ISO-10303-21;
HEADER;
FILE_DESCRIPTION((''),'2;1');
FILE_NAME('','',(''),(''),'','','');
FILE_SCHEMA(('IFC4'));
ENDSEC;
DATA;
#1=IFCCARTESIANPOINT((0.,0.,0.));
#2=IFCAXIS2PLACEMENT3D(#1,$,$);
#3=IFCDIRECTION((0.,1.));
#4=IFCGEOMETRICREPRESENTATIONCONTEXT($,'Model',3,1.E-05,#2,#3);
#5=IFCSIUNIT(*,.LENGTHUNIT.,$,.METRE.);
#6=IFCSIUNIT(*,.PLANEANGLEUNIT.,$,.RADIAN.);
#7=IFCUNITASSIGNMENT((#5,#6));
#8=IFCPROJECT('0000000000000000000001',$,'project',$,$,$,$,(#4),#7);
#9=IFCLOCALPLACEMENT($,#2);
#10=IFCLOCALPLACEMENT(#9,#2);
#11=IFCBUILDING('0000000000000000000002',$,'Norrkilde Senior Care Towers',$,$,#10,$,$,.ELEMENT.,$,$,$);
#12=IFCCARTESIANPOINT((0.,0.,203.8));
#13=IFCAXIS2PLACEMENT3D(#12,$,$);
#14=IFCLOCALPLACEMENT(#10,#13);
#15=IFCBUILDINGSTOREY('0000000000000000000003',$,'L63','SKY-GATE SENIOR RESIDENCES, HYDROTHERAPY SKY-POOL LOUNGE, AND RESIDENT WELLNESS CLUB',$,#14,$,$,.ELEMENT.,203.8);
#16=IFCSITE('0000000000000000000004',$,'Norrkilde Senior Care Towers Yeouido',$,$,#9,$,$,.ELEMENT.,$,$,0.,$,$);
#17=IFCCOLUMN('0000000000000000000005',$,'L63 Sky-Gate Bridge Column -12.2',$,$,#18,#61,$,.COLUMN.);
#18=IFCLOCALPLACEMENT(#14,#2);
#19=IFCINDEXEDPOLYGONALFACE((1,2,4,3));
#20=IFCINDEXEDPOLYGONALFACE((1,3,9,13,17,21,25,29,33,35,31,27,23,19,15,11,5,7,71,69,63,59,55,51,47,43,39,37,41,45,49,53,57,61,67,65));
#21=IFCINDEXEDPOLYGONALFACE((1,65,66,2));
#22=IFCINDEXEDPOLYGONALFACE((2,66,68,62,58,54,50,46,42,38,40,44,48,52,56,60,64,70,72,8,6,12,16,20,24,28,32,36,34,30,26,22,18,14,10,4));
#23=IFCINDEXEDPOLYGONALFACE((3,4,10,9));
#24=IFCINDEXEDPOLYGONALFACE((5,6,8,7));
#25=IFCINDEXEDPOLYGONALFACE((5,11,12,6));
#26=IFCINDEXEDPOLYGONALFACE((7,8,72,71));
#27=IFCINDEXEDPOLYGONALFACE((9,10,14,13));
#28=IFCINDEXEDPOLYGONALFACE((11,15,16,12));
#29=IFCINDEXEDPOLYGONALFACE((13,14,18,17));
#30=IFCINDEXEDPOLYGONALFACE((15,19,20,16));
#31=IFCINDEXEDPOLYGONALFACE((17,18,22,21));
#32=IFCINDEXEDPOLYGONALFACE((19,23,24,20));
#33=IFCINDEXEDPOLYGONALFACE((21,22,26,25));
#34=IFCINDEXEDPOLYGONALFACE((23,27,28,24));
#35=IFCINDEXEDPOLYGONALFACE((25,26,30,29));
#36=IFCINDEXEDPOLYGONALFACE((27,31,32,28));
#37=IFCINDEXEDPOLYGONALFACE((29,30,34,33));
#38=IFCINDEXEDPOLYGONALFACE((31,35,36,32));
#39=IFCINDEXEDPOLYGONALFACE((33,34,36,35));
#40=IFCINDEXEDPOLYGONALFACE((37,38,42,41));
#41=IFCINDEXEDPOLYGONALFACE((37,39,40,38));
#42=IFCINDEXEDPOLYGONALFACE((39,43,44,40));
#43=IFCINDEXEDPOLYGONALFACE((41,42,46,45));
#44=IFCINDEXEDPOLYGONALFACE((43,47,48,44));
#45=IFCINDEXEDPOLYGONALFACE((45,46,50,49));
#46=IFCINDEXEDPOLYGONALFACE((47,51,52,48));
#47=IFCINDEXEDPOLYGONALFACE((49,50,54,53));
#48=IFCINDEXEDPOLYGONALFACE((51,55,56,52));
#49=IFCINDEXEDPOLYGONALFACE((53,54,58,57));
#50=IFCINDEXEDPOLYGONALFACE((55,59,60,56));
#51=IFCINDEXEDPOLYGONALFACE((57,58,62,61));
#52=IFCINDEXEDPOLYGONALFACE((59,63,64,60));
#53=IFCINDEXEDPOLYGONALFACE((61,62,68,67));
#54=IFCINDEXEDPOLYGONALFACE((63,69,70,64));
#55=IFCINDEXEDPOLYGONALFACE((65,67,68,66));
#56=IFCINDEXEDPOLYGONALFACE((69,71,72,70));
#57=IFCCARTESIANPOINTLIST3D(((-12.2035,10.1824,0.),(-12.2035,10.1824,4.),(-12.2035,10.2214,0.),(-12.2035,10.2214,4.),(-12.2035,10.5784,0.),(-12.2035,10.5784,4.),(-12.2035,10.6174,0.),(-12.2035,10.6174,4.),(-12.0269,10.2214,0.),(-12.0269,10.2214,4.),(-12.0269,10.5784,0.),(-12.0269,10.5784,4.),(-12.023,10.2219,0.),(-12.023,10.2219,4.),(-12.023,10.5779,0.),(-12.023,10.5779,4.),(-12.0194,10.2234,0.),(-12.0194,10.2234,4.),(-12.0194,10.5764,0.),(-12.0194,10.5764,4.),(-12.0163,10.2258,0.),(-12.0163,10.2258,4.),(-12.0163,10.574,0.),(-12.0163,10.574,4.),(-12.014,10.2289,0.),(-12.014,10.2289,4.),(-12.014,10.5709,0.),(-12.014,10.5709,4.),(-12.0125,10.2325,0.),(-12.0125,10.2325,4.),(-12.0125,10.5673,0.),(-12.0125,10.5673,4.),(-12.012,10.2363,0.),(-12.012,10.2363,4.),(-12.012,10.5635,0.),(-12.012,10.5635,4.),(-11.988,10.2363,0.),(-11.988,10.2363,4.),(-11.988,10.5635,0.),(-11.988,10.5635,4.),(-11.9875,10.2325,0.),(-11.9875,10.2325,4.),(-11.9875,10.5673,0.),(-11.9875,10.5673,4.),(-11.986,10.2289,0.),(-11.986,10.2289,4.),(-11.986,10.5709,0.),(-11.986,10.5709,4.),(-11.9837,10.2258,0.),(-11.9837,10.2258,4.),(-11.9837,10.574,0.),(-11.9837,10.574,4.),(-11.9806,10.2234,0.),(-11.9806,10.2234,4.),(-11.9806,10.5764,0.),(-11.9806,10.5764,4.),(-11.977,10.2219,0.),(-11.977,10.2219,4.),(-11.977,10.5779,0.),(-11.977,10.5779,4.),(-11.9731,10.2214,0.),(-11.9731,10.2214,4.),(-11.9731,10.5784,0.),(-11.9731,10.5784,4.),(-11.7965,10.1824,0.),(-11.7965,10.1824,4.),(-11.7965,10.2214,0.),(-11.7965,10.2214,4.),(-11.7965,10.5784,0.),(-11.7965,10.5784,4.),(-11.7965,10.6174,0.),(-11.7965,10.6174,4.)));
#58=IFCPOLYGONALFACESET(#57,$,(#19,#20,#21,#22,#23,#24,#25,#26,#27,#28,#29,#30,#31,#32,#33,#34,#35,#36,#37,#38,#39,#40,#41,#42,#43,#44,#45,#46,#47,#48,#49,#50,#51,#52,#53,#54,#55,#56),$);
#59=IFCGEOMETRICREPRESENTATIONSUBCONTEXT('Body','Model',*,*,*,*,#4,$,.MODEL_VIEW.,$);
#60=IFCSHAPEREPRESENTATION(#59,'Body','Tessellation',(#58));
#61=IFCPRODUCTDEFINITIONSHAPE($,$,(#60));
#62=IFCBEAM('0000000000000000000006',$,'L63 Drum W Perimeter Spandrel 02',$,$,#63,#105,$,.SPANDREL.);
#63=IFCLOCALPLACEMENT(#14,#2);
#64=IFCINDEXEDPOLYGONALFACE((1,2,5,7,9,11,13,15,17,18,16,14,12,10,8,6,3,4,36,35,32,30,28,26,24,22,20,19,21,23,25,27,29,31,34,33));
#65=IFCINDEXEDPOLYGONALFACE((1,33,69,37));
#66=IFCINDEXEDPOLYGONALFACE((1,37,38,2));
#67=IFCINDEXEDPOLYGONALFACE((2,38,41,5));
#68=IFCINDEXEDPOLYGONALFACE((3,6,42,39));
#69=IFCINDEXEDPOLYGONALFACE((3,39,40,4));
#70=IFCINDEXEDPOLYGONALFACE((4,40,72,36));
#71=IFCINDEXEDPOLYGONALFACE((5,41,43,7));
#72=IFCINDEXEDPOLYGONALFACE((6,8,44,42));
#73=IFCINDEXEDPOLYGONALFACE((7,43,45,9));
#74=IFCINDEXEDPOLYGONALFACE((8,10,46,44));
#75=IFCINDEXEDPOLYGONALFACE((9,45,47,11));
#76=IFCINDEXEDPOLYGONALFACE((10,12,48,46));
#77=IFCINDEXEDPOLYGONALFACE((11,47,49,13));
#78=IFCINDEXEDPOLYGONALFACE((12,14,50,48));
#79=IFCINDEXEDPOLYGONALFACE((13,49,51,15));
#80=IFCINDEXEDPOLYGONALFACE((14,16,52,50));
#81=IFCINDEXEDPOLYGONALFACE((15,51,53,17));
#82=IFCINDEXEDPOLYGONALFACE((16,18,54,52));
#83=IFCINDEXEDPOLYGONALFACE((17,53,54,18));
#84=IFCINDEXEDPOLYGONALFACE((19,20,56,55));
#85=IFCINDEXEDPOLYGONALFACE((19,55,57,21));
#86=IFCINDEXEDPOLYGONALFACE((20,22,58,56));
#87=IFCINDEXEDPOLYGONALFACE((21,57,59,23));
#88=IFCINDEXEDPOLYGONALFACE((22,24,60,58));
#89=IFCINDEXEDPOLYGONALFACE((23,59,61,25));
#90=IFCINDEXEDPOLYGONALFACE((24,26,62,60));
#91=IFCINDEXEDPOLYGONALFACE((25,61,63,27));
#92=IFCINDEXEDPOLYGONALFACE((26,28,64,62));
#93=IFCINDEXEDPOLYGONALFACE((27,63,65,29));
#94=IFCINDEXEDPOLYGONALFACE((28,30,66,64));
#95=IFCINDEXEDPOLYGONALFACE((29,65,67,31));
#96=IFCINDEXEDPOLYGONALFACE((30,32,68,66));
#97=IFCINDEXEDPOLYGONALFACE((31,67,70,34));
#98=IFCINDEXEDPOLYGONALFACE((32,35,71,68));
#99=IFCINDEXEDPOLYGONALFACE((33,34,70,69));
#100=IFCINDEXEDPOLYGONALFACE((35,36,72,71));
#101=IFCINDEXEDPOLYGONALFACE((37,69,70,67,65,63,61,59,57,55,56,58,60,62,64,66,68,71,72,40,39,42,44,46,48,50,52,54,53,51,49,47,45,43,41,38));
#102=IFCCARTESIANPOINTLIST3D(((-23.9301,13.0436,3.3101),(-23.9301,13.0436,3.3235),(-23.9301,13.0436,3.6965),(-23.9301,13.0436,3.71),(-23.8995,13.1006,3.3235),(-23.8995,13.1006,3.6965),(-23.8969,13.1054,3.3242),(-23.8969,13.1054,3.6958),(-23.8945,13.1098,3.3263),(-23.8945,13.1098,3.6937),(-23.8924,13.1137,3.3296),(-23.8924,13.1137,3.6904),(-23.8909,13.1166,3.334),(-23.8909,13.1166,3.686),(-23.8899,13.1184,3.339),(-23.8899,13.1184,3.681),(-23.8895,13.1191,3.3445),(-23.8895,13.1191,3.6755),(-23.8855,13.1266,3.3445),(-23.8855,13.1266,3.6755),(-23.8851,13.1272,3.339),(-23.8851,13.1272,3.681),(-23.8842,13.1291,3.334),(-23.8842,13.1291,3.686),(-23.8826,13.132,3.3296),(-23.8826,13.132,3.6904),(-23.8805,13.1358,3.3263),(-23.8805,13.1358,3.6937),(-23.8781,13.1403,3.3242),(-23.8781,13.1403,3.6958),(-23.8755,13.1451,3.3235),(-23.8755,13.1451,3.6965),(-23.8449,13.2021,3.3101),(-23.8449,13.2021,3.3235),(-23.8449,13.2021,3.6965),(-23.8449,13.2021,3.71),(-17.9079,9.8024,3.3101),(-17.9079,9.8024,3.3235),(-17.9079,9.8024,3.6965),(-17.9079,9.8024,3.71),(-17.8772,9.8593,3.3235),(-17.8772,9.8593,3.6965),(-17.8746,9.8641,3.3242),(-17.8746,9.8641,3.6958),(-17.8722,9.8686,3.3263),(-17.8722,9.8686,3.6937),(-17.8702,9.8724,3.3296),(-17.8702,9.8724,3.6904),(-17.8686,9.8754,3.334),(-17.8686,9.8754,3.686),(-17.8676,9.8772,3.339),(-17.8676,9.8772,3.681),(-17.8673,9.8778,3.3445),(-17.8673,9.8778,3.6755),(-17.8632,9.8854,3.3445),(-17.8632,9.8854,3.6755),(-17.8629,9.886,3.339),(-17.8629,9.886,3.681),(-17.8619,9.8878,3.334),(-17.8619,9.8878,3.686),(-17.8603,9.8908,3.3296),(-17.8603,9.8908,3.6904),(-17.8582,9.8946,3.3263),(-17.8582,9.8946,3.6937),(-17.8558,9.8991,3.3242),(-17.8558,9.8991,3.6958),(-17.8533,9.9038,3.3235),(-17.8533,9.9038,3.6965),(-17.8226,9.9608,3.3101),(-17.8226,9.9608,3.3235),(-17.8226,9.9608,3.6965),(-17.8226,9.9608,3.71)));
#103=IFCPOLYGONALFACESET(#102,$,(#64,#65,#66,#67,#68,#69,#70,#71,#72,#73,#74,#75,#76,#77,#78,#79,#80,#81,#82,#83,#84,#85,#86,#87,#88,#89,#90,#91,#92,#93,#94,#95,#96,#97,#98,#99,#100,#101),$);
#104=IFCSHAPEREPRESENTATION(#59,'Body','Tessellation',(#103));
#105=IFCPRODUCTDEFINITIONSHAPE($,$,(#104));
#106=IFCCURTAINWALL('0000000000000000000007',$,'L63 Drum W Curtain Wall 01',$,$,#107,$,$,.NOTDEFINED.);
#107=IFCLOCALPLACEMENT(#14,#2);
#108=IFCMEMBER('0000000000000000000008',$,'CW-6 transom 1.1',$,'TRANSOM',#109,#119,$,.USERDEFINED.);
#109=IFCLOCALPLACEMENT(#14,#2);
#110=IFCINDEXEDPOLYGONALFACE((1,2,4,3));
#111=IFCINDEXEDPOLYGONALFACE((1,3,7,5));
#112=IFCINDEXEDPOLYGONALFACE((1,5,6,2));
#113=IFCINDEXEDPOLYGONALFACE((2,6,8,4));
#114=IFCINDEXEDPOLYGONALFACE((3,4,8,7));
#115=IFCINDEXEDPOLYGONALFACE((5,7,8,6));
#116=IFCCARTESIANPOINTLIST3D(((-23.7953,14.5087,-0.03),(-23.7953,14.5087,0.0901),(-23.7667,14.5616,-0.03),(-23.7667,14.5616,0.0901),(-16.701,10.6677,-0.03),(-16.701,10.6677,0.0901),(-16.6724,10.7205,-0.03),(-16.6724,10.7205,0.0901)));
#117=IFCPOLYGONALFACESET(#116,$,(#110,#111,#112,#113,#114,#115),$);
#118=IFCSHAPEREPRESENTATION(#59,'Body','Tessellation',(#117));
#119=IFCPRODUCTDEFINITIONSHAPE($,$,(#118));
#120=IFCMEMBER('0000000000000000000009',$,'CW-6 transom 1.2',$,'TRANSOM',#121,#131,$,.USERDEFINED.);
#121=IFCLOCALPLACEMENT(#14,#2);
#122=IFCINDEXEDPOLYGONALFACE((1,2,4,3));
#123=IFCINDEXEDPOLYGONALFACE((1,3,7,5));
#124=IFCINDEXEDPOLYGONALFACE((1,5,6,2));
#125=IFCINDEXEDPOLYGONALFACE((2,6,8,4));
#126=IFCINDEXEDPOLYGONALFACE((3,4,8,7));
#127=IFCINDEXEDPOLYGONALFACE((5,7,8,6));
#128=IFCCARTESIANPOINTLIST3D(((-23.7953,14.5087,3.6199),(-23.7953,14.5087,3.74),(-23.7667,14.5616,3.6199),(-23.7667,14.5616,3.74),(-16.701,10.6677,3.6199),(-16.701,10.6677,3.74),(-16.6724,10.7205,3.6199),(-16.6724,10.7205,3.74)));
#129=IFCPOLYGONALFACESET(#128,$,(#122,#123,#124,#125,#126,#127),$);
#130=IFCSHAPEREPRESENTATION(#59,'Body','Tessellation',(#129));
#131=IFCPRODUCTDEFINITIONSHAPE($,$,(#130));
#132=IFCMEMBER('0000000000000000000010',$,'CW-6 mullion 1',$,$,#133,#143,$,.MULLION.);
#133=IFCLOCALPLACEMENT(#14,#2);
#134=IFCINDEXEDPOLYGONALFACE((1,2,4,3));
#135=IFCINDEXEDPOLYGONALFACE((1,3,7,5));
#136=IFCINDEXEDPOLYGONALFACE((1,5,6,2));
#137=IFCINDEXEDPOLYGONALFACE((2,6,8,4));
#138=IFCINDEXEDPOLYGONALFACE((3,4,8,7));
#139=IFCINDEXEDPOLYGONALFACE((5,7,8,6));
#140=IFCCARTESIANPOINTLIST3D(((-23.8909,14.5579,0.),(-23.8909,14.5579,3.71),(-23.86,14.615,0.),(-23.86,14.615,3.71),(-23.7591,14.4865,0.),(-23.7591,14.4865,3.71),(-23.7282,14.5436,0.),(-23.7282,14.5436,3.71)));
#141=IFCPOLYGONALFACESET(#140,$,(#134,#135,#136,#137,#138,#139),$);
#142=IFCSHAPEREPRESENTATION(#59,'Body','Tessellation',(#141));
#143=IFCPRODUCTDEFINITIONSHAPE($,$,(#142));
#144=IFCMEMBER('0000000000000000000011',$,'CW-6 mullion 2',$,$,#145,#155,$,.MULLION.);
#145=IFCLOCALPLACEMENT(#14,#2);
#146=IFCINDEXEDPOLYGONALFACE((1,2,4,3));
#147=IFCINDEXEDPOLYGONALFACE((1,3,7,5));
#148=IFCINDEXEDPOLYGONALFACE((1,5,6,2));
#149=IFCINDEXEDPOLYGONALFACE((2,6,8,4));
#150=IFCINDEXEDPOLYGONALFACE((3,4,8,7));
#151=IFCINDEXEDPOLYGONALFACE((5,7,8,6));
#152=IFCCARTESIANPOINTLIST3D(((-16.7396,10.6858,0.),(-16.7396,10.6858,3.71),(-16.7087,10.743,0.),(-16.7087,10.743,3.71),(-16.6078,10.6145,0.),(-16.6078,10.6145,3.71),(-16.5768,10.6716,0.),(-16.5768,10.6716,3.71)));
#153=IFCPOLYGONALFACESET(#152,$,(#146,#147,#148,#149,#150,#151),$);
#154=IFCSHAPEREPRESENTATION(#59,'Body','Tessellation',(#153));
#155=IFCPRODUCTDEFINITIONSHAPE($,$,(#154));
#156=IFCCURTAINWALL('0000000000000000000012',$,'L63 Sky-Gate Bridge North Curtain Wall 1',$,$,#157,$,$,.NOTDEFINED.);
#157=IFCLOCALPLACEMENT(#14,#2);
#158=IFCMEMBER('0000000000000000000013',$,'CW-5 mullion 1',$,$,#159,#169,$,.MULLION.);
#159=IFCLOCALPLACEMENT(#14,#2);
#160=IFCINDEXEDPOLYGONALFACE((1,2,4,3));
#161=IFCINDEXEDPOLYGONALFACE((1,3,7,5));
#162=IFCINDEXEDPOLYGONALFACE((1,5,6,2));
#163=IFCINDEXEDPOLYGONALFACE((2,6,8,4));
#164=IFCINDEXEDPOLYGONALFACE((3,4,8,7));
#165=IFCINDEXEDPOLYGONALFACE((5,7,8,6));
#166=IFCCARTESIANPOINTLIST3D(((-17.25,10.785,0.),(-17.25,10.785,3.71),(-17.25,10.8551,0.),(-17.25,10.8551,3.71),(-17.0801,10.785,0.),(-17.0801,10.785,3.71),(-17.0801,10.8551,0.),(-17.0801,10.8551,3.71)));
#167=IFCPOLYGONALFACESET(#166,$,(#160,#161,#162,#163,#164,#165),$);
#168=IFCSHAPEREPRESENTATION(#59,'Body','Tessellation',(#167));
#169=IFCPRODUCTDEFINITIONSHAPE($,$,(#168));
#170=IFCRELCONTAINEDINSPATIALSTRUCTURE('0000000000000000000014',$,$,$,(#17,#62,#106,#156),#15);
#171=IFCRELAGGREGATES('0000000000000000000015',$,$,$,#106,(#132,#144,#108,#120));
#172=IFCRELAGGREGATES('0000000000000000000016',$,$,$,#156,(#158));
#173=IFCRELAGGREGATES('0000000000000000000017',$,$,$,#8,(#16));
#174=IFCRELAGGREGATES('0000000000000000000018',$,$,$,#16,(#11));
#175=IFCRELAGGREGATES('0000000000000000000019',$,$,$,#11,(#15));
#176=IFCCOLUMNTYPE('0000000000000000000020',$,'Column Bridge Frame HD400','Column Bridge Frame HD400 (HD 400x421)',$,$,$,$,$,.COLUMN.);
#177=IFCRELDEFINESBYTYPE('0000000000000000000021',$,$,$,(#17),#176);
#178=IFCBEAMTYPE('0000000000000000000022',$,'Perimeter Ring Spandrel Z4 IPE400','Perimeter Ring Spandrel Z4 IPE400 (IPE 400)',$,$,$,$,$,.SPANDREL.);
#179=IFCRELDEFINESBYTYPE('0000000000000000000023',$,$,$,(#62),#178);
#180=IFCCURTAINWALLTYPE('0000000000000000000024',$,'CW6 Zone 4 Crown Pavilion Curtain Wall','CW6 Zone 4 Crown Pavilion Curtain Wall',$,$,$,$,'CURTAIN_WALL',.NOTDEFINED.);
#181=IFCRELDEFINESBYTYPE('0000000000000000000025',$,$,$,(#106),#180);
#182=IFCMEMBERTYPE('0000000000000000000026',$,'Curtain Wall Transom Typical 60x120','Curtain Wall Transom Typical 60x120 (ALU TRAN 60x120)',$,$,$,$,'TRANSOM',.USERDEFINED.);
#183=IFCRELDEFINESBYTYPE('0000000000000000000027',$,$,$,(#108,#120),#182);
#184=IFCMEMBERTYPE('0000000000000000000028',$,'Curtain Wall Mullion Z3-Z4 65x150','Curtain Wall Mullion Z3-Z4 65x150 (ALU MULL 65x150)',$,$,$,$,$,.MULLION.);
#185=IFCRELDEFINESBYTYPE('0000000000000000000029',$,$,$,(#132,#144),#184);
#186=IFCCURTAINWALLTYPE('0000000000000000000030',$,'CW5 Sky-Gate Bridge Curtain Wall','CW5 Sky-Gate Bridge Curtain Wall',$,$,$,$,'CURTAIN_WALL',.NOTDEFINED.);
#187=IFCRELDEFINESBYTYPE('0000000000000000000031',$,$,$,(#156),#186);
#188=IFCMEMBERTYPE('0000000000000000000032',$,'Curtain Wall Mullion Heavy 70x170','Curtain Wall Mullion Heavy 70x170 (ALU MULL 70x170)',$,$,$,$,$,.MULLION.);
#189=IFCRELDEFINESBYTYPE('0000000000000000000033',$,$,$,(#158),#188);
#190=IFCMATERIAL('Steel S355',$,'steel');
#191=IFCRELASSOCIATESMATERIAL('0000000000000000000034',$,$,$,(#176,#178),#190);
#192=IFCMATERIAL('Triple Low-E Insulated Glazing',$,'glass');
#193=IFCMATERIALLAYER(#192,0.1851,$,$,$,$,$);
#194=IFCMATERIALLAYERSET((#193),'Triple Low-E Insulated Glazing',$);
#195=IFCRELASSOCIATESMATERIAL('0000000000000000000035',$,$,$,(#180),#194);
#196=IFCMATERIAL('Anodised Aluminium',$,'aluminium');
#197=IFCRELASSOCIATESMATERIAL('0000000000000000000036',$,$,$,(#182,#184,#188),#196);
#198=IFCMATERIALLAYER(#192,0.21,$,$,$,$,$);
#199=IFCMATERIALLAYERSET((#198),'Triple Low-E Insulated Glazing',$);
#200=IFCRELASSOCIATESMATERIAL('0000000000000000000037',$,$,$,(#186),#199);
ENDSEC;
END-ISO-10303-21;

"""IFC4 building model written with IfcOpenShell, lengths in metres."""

from ifc_helpers import new_model, si_unit, direction, frame, origin, origin_2d, place, context, subcontext, project, spatial, rectangle, i_section, extrude, source, transform, mapped, material, layer, layer_set, material_profile, profile_set, type_object, type_shapes, element, aggregate, save


model = new_model("IFC4")

# Units and contexts
model_context = context("Model", 3, precision=1e-05, world=origin(), true_north=direction((0.0, 1.0)))
body_context = subcontext(model_context, "Body", "Model", "MODEL_VIEW")
ifc_project = project(units=[si_unit("LENGTHUNIT", "METRE"), si_unit("PLANEANGLEUNIT", "RADIAN")], contexts=[model_context])

# Site, building, storey
site_placement = place(None, origin())
site = spatial("IfcSite", under=ifc_project, at=site_placement, Name="Norrkilde Senior Care Towers Yeouido", CompositionType="ELEMENT", RefElevation=0.0)
building_placement = place(site_placement, origin())
building = spatial("IfcBuilding", under=site, at=building_placement, Name="Norrkilde Senior Care Towers", CompositionType="ELEMENT")
storey_placement = place(building_placement, frame((0.0, 0.0, 203.8)))
storey = spatial("IfcBuildingStorey", under=building, at=storey_placement, Name="L63", Description="SKY-GATE SENIOR RESIDENCES, HYDROTHERAPY SKY-POOL LOUNGE, AND RESIDENT WELLNESS CLUB", CompositionType="ELEMENT", Elevation=203.8)

# Column
ifc_material_1 = material(Name="Steel S355", Category="steel")
ifc_material_profile_1 = material_profile(ifc_material_1, i_section(OverallWidth=0.407, OverallDepth=0.4351, WebThickness=0.0239, FlangeThickness=0.0391, FilletRadius=0.0149, at=origin_2d()), Name="HD 400x421")
ifc_profile_set_1 = profile_set([ifc_material_profile_1], Name="Steel S355")
column_type = type_object("IfcColumnType", Name="Column Bridge Frame HD400", Description="Column Bridge Frame HD400 (HD 400x421)", PredefinedType="COLUMN", material=ifc_profile_set_1)
shared_shape_1 = source(origin(), body_context, "Body", "SweptSolid", [
    extrude(i_section(OverallWidth=0.407, OverallDepth=0.4351, WebThickness=0.0239, FlangeThickness=0.0391, FilletRadius=0.0149, at=origin_2d()), origin(), (0.0, 0.0, 1.0), 4.0),
])
type_shapes(column_type, [shared_shape_1])
column_placement = place(storey_placement, frame((-12.0, 10.3999, 0.0), z_axis=(0.0, 0.0, 1.0), x_axis=(1.0, 0.0, 0.0)))
element("IfcColumn", 1, at=column_placement, inside=storey, type_object=column_type, Name="L63 Sky-Gate Bridge Column -12.2", PredefinedType="COLUMN", context=body_context, shape_type="MappedRepresentation", body=[
    mapped(shared_shape_1, transform((0.0, 0.0, 0.0), x_axis=(1.0, 0.0, 0.0), y_axis=(0.0, 1.0, 0.0), z_axis=(0.0, 0.0, 1.0), scale=1.0)),
])

# Beam
ifc_material_profile_2 = material_profile(ifc_material_1, i_section(OverallWidth=0.1799, OverallDepth=0.3999, WebThickness=0.0085, FlangeThickness=0.0134, FilletRadius=0.021, at=origin_2d()), Name="IPE 400")
ifc_profile_set_2 = profile_set([ifc_material_profile_2], Name="Steel S355")
beam_type = type_object("IfcBeamType", Name="Perimeter Ring Spandrel Z4 IPE400", Description="Perimeter Ring Spandrel Z4 IPE400 (IPE 400)", PredefinedType="SPANDREL", material=ifc_profile_set_2)
shared_shape_2 = source(origin(), body_context, "Body", "SweptSolid", [
    extrude(i_section(OverallWidth=0.1799, OverallDepth=0.3999, WebThickness=0.0085, FlangeThickness=0.0134, FilletRadius=0.021, at=origin_2d()), origin(), (0.0, 0.0, 1.0), 6.8391),
])
type_shapes(beam_type, [shared_shape_2])
beam_placement = place(storey_placement, frame((-17.8652, 9.8816, 3.51), z_axis=(-0.880564, 0.473927, 0.0), x_axis=(-0.473927, -0.880564, 0.0)))
element("IfcBeam", 2, at=beam_placement, inside=storey, type_object=beam_type, Name="L63 Drum W Perimeter Spandrel 02", PredefinedType="SPANDREL", context=body_context, shape_type="MappedRepresentation", body=[
    mapped(shared_shape_2, transform((0.0, 0.0, 0.0), x_axis=(1.0, 0.0, 0.0), y_axis=(0.0, 1.0, 0.0), z_axis=(0.0, 0.0, 1.0), scale=1.0)),
])

# Curtain walls, members
ifc_material_2 = material(Name="Triple Low-E Insulated Glazing", Category="glass")
ifc_layer_1 = layer(ifc_material_2, 0.1851)
ifc_layer_set_1 = layer_set([ifc_layer_1], Name="Triple Low-E Insulated Glazing")
curtain_wall_type_1 = type_object("IfcCurtainWallType", Name="CW6 Zone 4 Crown Pavilion Curtain Wall", Description="CW6 Zone 4 Crown Pavilion Curtain Wall", ElementType="CURTAIN_WALL", PredefinedType="NOTDEFINED", material=ifc_layer_set_1)
curtain_wall_1_placement = place(storey_placement, origin())
curtain_wall_1 = element("IfcCurtainWall", 3, at=curtain_wall_1_placement, inside=storey, type_object=curtain_wall_type_1, Name="L63 Drum W Curtain Wall 01", PredefinedType="NOTDEFINED")
ifc_material_3 = material(Name="Anodised Aluminium", Category="aluminium")
ifc_material_profile_3 = material_profile(ifc_material_3, rectangle(XDim=0.0601, YDim=0.1201, at=origin_2d()), Name="ALU TRAN 60x120")
ifc_profile_set_3 = profile_set([ifc_material_profile_3], Name="Anodised Aluminium")
member_type_1 = type_object("IfcMemberType", Name="Curtain Wall Transom Typical 60x120", Description="Curtain Wall Transom Typical 60x120 (ALU TRAN 60x120)", ElementType="TRANSOM", PredefinedType="USERDEFINED", material=ifc_profile_set_3)
shared_shape_3 = source(origin(), body_context, "Body", "SweptSolid", [
    extrude(rectangle(XDim=0.0601, YDim=0.1201, at=origin_2d()), origin(), (0.0, 0.0, 1.0), 8.0674),
])
type_shapes(member_type_1, [shared_shape_3])
member_1_placement = place(storey_placement, frame((-23.781, 14.5352, 0.03), z_axis=(0.879378, -0.476125, 0.0), x_axis=(0.476125, 0.879378, 0.0)))
member_1 = element("IfcMember", 4, at=member_1_placement, type_object=member_type_1, Name="CW-6 transom 1.1", ObjectType="TRANSOM", PredefinedType="USERDEFINED", context=body_context, shape_type="MappedRepresentation", body=[
    mapped(shared_shape_3, transform((0.0, 0.0, 0.0), x_axis=(1.0, 0.0, 0.0), y_axis=(0.0, 1.0, 0.0), z_axis=(0.0, 0.0, 1.0), scale=1.0)),
])
member_2_placement = place(storey_placement, frame((-23.781, 14.5352, 3.6799), z_axis=(0.879378, -0.476125, 0.0), x_axis=(0.476125, 0.879378, 0.0)))
member_2 = element("IfcMember", 5, at=member_2_placement, type_object=member_type_1, Name="CW-6 transom 1.2", ObjectType="TRANSOM", PredefinedType="USERDEFINED", context=body_context, shape_type="MappedRepresentation", body=[
    mapped(shared_shape_3, transform((0.0, 0.0, 0.0), x_axis=(1.0, 0.0, 0.0), y_axis=(0.0, 1.0, 0.0), z_axis=(0.0, 0.0, 1.0), scale=1.0)),
])
ifc_material_profile_4 = material_profile(ifc_material_3, rectangle(XDim=0.0649, YDim=0.1499, at=origin_2d()), Name="ALU MULL 65x150")
ifc_profile_set_4 = profile_set([ifc_material_profile_4], Name="Anodised Aluminium")
member_type_2 = type_object("IfcMemberType", Name="Curtain Wall Mullion Z3-Z4 65x150", Description="Curtain Wall Mullion Z3-Z4 65x150 (ALU MULL 65x150)", PredefinedType="MULLION", material=ifc_profile_set_4)
shared_shape_4 = source(origin(), body_context, "Body", "SweptSolid", [
    extrude(rectangle(XDim=0.0649, YDim=0.1499, at=origin_2d()), origin(), (0.0, 0.0, 1.0), 3.71),
])
type_shapes(member_type_2, [shared_shape_4])
member_3_placement = place(storey_placement, frame((-23.8096, 14.5508, 0.0), z_axis=(0.0, 0.0, 1.0), x_axis=(0.476133, 0.879373, 0.0)))
member_3 = element("IfcMember", 6, at=member_3_placement, type_object=member_type_2, Name="CW-6 mullion 1", PredefinedType="MULLION", context=body_context, shape_type="MappedRepresentation", body=[
    mapped(shared_shape_4, transform((0.0, 0.0, 0.0), x_axis=(1.0, 0.0, 0.0), y_axis=(0.0, 1.0, 0.0), z_axis=(0.0, 0.0, 1.0), scale=1.0)),
])
member_4_placement = place(storey_placement, frame((-16.6582, 10.6787, 0.0), z_axis=(0.0, 0.0, 1.0), x_axis=(0.476133, 0.879373, 0.0)))
member_4 = element("IfcMember", 7, at=member_4_placement, type_object=member_type_2, Name="CW-6 mullion 2", PredefinedType="MULLION", context=body_context, shape_type="MappedRepresentation", body=[
    mapped(shared_shape_4, transform((0.0, 0.0, 0.0), x_axis=(1.0, 0.0, 0.0), y_axis=(0.0, 1.0, 0.0), z_axis=(0.0, 0.0, 1.0), scale=1.0)),
])
ifc_layer_2 = layer(ifc_material_2, 0.21)
ifc_layer_set_2 = layer_set([ifc_layer_2], Name="Triple Low-E Insulated Glazing")
curtain_wall_type_2 = type_object("IfcCurtainWallType", Name="CW5 Sky-Gate Bridge Curtain Wall", Description="CW5 Sky-Gate Bridge Curtain Wall", ElementType="CURTAIN_WALL", PredefinedType="NOTDEFINED", material=ifc_layer_set_2)
curtain_wall_2_placement = place(storey_placement, origin())
curtain_wall_2 = element("IfcCurtainWall", 8, at=curtain_wall_2_placement, inside=storey, type_object=curtain_wall_type_2, Name="L63 Sky-Gate Bridge North Curtain Wall 1", PredefinedType="NOTDEFINED")
ifc_material_profile_5 = material_profile(ifc_material_3, rectangle(XDim=0.0701, YDim=0.1699, at=origin_2d()), Name="ALU MULL 70x170")
ifc_profile_set_5 = profile_set([ifc_material_profile_5], Name="Anodised Aluminium")
member_type_3 = type_object("IfcMemberType", Name="Curtain Wall Mullion Heavy 70x170", Description="Curtain Wall Mullion Heavy 70x170 (ALU MULL 70x170)", PredefinedType="MULLION", material=ifc_profile_set_5)
shared_shape_5 = source(origin(), body_context, "Body", "SweptSolid", [
    extrude(rectangle(XDim=0.0701, YDim=0.1699, at=origin_2d()), origin(), (0.0, 0.0, 1.0), 3.71),
])
type_shapes(member_type_3, [shared_shape_5])
member_5_placement = place(storey_placement, frame((-17.165, 10.8201, 0.0), z_axis=(0.0, 0.0, 1.0), x_axis=(0.0, 1.0, 0.0)))
member_5 = element("IfcMember", 9, at=member_5_placement, type_object=member_type_3, Name="CW-5 mullion 1", PredefinedType="MULLION", context=body_context, shape_type="MappedRepresentation", body=[
    mapped(shared_shape_5, transform((0.0, 0.0, 0.0), x_axis=(1.0, 0.0, 0.0), y_axis=(0.0, 1.0, 0.0), z_axis=(0.0, 0.0, 1.0), scale=1.0)),
])

aggregate(curtain_wall_1, [member_3, member_4, member_1, member_2])
aggregate(curtain_wall_2, [member_5])

save(model, "model.ifc")
